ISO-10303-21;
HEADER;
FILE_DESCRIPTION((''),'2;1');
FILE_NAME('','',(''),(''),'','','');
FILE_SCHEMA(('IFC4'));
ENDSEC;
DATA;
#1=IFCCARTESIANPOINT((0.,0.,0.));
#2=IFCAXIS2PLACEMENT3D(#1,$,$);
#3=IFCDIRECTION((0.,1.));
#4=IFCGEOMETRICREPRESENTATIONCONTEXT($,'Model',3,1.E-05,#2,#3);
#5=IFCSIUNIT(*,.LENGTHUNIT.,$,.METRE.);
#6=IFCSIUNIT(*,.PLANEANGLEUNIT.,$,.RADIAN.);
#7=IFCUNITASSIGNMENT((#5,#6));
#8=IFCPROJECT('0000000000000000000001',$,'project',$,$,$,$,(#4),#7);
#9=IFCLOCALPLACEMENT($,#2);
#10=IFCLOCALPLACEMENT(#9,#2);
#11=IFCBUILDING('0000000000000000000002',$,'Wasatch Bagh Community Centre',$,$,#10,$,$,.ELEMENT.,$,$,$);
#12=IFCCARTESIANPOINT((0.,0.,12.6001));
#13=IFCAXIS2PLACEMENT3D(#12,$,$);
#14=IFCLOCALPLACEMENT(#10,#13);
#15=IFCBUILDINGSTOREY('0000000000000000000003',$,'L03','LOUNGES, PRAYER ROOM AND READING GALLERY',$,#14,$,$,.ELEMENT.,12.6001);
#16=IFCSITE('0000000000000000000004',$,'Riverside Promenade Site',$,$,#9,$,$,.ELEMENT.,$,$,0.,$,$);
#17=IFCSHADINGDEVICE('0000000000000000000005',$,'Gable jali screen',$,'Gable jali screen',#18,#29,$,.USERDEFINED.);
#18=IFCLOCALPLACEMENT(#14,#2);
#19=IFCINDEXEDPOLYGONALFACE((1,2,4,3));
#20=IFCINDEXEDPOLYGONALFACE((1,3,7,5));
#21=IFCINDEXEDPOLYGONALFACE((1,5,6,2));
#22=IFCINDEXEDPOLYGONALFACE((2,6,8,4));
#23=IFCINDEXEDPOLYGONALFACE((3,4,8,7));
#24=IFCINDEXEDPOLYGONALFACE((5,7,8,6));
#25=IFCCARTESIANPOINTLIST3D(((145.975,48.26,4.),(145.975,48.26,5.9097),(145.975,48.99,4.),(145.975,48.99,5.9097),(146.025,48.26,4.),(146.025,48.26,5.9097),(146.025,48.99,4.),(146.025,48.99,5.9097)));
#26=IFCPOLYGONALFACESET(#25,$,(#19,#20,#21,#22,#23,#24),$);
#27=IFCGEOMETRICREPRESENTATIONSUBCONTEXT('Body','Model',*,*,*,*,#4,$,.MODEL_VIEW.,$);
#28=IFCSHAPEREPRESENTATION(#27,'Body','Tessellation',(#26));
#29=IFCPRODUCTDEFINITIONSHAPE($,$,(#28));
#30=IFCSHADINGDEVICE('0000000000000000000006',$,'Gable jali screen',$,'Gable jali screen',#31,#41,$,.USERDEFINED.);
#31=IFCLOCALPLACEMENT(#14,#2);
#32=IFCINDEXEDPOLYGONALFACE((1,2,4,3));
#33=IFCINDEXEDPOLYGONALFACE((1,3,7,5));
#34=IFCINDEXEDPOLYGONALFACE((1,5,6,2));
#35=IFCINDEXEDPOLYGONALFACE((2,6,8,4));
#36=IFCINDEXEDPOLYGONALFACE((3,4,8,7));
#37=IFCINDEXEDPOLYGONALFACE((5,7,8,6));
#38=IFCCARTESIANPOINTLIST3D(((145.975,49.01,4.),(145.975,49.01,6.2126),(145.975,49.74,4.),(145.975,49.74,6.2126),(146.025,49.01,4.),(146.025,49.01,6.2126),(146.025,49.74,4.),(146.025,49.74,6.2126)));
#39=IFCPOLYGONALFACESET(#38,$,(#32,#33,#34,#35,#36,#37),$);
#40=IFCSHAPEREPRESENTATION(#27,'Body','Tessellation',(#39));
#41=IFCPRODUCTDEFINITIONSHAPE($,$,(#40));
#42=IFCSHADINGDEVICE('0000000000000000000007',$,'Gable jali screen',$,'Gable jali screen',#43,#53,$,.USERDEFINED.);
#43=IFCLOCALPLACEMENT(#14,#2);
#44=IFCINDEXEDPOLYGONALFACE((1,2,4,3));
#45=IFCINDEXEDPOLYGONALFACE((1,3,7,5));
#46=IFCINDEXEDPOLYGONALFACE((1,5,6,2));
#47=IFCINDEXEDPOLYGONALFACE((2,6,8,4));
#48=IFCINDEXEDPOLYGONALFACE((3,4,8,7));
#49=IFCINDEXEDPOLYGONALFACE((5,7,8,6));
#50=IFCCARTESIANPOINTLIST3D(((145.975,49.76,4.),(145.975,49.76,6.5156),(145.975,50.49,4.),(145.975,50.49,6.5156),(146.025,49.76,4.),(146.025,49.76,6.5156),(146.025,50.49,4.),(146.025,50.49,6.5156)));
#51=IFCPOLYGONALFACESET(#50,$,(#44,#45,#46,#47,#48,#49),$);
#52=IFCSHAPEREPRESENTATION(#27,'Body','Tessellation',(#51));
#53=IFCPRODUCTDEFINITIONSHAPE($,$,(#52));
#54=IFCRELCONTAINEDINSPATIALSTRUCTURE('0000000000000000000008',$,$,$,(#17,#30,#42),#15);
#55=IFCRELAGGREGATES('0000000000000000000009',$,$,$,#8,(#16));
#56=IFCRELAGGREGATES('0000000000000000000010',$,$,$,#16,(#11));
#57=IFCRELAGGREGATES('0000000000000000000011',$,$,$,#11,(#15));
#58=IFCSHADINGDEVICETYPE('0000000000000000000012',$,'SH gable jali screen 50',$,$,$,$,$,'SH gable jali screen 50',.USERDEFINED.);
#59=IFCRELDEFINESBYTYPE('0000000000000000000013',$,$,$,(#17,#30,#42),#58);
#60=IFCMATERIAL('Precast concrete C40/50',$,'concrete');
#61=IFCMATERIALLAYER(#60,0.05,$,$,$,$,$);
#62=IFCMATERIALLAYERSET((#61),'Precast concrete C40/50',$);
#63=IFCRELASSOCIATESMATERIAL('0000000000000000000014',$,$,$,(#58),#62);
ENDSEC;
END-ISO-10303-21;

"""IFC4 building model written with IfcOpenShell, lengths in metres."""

from ifc_helpers import new_model, si_unit, direction, frame, origin, origin_2d, place, context, subcontext, project, spatial, rectangle, extrude, material, layer, layer_set, type_object, element, save


model = new_model("IFC4")

# Units and contexts
model_context = context("Model", 3, precision=1e-05, world=origin(), true_north=direction((0.0, 1.0)))
body_context = subcontext(model_context, "Body", "Model", "MODEL_VIEW")
ifc_project = project(units=[si_unit("LENGTHUNIT", "METRE"), si_unit("PLANEANGLEUNIT", "RADIAN")], contexts=[model_context])

# Site, building, storey
site_placement = place(None, origin())
site = spatial("IfcSite", under=ifc_project, at=site_placement, Name="Riverside Promenade Site", CompositionType="ELEMENT", RefElevation=0.0)
building_placement = place(site_placement, origin())
building = spatial("IfcBuilding", under=site, at=building_placement, Name="Wasatch Bagh Community Centre", CompositionType="ELEMENT")
storey_placement = place(building_placement, frame((0.0, 0.0, 12.6001)))
storey = spatial("IfcBuildingStorey", under=building, at=storey_placement, Name="L03", Description="LOUNGES, PRAYER ROOM AND READING GALLERY", CompositionType="ELEMENT", Elevation=12.6001)

# Shading devices
ifc_material_1 = material(Name="Precast concrete C40/50", Category="concrete")
ifc_layer_1 = layer(ifc_material_1, 0.05)
ifc_layer_set_1 = layer_set([ifc_layer_1], Name="Precast concrete C40/50")
shading_device_type = type_object("IfcShadingDeviceType", Name="SH gable jali screen 50", ElementType="SH gable jali screen 50", PredefinedType="USERDEFINED", material=ifc_layer_set_1)
shading_device_1_placement = place(storey_placement, frame((146.0, 48.625, 4.0), z_axis=(0.0, 0.0, 1.0), x_axis=(1.0, 0.0, 0.0)))
element("IfcShadingDevice", 1, at=shading_device_1_placement, inside=storey, type_object=shading_device_type, Name="Gable jali screen", ObjectType="Gable jali screen", PredefinedType="USERDEFINED", context=body_context, shape_type="SweptSolid", body=[
    extrude(rectangle(XDim=0.05, YDim=0.73, at=origin_2d()), origin(), (0.0, 0.0, 1.0), 1.9097),
])
shading_device_2_placement = place(storey_placement, frame((146.0, 49.375, 4.0), z_axis=(0.0, 0.0, 1.0), x_axis=(1.0, 0.0, 0.0)))
element("IfcShadingDevice", 2, at=shading_device_2_placement, inside=storey, type_object=shading_device_type, Name="Gable jali screen", ObjectType="Gable jali screen", PredefinedType="USERDEFINED", context=body_context, shape_type="SweptSolid", body=[
    extrude(rectangle(XDim=0.05, YDim=0.73, at=origin_2d()), origin(), (0.0, 0.0, 1.0), 2.2126),
])
shading_device_3_placement = place(storey_placement, frame((146.0, 50.125, 4.0), z_axis=(0.0, 0.0, 1.0), x_axis=(1.0, 0.0, 0.0)))
element("IfcShadingDevice", 3, at=shading_device_3_placement, inside=storey, type_object=shading_device_type, Name="Gable jali screen", ObjectType="Gable jali screen", PredefinedType="USERDEFINED", context=body_context, shape_type="SweptSolid", body=[
    extrude(rectangle(XDim=0.05, YDim=0.73, at=origin_2d()), origin(), (0.0, 0.0, 1.0), 2.5156),
])

save(model, "model.ifc")
